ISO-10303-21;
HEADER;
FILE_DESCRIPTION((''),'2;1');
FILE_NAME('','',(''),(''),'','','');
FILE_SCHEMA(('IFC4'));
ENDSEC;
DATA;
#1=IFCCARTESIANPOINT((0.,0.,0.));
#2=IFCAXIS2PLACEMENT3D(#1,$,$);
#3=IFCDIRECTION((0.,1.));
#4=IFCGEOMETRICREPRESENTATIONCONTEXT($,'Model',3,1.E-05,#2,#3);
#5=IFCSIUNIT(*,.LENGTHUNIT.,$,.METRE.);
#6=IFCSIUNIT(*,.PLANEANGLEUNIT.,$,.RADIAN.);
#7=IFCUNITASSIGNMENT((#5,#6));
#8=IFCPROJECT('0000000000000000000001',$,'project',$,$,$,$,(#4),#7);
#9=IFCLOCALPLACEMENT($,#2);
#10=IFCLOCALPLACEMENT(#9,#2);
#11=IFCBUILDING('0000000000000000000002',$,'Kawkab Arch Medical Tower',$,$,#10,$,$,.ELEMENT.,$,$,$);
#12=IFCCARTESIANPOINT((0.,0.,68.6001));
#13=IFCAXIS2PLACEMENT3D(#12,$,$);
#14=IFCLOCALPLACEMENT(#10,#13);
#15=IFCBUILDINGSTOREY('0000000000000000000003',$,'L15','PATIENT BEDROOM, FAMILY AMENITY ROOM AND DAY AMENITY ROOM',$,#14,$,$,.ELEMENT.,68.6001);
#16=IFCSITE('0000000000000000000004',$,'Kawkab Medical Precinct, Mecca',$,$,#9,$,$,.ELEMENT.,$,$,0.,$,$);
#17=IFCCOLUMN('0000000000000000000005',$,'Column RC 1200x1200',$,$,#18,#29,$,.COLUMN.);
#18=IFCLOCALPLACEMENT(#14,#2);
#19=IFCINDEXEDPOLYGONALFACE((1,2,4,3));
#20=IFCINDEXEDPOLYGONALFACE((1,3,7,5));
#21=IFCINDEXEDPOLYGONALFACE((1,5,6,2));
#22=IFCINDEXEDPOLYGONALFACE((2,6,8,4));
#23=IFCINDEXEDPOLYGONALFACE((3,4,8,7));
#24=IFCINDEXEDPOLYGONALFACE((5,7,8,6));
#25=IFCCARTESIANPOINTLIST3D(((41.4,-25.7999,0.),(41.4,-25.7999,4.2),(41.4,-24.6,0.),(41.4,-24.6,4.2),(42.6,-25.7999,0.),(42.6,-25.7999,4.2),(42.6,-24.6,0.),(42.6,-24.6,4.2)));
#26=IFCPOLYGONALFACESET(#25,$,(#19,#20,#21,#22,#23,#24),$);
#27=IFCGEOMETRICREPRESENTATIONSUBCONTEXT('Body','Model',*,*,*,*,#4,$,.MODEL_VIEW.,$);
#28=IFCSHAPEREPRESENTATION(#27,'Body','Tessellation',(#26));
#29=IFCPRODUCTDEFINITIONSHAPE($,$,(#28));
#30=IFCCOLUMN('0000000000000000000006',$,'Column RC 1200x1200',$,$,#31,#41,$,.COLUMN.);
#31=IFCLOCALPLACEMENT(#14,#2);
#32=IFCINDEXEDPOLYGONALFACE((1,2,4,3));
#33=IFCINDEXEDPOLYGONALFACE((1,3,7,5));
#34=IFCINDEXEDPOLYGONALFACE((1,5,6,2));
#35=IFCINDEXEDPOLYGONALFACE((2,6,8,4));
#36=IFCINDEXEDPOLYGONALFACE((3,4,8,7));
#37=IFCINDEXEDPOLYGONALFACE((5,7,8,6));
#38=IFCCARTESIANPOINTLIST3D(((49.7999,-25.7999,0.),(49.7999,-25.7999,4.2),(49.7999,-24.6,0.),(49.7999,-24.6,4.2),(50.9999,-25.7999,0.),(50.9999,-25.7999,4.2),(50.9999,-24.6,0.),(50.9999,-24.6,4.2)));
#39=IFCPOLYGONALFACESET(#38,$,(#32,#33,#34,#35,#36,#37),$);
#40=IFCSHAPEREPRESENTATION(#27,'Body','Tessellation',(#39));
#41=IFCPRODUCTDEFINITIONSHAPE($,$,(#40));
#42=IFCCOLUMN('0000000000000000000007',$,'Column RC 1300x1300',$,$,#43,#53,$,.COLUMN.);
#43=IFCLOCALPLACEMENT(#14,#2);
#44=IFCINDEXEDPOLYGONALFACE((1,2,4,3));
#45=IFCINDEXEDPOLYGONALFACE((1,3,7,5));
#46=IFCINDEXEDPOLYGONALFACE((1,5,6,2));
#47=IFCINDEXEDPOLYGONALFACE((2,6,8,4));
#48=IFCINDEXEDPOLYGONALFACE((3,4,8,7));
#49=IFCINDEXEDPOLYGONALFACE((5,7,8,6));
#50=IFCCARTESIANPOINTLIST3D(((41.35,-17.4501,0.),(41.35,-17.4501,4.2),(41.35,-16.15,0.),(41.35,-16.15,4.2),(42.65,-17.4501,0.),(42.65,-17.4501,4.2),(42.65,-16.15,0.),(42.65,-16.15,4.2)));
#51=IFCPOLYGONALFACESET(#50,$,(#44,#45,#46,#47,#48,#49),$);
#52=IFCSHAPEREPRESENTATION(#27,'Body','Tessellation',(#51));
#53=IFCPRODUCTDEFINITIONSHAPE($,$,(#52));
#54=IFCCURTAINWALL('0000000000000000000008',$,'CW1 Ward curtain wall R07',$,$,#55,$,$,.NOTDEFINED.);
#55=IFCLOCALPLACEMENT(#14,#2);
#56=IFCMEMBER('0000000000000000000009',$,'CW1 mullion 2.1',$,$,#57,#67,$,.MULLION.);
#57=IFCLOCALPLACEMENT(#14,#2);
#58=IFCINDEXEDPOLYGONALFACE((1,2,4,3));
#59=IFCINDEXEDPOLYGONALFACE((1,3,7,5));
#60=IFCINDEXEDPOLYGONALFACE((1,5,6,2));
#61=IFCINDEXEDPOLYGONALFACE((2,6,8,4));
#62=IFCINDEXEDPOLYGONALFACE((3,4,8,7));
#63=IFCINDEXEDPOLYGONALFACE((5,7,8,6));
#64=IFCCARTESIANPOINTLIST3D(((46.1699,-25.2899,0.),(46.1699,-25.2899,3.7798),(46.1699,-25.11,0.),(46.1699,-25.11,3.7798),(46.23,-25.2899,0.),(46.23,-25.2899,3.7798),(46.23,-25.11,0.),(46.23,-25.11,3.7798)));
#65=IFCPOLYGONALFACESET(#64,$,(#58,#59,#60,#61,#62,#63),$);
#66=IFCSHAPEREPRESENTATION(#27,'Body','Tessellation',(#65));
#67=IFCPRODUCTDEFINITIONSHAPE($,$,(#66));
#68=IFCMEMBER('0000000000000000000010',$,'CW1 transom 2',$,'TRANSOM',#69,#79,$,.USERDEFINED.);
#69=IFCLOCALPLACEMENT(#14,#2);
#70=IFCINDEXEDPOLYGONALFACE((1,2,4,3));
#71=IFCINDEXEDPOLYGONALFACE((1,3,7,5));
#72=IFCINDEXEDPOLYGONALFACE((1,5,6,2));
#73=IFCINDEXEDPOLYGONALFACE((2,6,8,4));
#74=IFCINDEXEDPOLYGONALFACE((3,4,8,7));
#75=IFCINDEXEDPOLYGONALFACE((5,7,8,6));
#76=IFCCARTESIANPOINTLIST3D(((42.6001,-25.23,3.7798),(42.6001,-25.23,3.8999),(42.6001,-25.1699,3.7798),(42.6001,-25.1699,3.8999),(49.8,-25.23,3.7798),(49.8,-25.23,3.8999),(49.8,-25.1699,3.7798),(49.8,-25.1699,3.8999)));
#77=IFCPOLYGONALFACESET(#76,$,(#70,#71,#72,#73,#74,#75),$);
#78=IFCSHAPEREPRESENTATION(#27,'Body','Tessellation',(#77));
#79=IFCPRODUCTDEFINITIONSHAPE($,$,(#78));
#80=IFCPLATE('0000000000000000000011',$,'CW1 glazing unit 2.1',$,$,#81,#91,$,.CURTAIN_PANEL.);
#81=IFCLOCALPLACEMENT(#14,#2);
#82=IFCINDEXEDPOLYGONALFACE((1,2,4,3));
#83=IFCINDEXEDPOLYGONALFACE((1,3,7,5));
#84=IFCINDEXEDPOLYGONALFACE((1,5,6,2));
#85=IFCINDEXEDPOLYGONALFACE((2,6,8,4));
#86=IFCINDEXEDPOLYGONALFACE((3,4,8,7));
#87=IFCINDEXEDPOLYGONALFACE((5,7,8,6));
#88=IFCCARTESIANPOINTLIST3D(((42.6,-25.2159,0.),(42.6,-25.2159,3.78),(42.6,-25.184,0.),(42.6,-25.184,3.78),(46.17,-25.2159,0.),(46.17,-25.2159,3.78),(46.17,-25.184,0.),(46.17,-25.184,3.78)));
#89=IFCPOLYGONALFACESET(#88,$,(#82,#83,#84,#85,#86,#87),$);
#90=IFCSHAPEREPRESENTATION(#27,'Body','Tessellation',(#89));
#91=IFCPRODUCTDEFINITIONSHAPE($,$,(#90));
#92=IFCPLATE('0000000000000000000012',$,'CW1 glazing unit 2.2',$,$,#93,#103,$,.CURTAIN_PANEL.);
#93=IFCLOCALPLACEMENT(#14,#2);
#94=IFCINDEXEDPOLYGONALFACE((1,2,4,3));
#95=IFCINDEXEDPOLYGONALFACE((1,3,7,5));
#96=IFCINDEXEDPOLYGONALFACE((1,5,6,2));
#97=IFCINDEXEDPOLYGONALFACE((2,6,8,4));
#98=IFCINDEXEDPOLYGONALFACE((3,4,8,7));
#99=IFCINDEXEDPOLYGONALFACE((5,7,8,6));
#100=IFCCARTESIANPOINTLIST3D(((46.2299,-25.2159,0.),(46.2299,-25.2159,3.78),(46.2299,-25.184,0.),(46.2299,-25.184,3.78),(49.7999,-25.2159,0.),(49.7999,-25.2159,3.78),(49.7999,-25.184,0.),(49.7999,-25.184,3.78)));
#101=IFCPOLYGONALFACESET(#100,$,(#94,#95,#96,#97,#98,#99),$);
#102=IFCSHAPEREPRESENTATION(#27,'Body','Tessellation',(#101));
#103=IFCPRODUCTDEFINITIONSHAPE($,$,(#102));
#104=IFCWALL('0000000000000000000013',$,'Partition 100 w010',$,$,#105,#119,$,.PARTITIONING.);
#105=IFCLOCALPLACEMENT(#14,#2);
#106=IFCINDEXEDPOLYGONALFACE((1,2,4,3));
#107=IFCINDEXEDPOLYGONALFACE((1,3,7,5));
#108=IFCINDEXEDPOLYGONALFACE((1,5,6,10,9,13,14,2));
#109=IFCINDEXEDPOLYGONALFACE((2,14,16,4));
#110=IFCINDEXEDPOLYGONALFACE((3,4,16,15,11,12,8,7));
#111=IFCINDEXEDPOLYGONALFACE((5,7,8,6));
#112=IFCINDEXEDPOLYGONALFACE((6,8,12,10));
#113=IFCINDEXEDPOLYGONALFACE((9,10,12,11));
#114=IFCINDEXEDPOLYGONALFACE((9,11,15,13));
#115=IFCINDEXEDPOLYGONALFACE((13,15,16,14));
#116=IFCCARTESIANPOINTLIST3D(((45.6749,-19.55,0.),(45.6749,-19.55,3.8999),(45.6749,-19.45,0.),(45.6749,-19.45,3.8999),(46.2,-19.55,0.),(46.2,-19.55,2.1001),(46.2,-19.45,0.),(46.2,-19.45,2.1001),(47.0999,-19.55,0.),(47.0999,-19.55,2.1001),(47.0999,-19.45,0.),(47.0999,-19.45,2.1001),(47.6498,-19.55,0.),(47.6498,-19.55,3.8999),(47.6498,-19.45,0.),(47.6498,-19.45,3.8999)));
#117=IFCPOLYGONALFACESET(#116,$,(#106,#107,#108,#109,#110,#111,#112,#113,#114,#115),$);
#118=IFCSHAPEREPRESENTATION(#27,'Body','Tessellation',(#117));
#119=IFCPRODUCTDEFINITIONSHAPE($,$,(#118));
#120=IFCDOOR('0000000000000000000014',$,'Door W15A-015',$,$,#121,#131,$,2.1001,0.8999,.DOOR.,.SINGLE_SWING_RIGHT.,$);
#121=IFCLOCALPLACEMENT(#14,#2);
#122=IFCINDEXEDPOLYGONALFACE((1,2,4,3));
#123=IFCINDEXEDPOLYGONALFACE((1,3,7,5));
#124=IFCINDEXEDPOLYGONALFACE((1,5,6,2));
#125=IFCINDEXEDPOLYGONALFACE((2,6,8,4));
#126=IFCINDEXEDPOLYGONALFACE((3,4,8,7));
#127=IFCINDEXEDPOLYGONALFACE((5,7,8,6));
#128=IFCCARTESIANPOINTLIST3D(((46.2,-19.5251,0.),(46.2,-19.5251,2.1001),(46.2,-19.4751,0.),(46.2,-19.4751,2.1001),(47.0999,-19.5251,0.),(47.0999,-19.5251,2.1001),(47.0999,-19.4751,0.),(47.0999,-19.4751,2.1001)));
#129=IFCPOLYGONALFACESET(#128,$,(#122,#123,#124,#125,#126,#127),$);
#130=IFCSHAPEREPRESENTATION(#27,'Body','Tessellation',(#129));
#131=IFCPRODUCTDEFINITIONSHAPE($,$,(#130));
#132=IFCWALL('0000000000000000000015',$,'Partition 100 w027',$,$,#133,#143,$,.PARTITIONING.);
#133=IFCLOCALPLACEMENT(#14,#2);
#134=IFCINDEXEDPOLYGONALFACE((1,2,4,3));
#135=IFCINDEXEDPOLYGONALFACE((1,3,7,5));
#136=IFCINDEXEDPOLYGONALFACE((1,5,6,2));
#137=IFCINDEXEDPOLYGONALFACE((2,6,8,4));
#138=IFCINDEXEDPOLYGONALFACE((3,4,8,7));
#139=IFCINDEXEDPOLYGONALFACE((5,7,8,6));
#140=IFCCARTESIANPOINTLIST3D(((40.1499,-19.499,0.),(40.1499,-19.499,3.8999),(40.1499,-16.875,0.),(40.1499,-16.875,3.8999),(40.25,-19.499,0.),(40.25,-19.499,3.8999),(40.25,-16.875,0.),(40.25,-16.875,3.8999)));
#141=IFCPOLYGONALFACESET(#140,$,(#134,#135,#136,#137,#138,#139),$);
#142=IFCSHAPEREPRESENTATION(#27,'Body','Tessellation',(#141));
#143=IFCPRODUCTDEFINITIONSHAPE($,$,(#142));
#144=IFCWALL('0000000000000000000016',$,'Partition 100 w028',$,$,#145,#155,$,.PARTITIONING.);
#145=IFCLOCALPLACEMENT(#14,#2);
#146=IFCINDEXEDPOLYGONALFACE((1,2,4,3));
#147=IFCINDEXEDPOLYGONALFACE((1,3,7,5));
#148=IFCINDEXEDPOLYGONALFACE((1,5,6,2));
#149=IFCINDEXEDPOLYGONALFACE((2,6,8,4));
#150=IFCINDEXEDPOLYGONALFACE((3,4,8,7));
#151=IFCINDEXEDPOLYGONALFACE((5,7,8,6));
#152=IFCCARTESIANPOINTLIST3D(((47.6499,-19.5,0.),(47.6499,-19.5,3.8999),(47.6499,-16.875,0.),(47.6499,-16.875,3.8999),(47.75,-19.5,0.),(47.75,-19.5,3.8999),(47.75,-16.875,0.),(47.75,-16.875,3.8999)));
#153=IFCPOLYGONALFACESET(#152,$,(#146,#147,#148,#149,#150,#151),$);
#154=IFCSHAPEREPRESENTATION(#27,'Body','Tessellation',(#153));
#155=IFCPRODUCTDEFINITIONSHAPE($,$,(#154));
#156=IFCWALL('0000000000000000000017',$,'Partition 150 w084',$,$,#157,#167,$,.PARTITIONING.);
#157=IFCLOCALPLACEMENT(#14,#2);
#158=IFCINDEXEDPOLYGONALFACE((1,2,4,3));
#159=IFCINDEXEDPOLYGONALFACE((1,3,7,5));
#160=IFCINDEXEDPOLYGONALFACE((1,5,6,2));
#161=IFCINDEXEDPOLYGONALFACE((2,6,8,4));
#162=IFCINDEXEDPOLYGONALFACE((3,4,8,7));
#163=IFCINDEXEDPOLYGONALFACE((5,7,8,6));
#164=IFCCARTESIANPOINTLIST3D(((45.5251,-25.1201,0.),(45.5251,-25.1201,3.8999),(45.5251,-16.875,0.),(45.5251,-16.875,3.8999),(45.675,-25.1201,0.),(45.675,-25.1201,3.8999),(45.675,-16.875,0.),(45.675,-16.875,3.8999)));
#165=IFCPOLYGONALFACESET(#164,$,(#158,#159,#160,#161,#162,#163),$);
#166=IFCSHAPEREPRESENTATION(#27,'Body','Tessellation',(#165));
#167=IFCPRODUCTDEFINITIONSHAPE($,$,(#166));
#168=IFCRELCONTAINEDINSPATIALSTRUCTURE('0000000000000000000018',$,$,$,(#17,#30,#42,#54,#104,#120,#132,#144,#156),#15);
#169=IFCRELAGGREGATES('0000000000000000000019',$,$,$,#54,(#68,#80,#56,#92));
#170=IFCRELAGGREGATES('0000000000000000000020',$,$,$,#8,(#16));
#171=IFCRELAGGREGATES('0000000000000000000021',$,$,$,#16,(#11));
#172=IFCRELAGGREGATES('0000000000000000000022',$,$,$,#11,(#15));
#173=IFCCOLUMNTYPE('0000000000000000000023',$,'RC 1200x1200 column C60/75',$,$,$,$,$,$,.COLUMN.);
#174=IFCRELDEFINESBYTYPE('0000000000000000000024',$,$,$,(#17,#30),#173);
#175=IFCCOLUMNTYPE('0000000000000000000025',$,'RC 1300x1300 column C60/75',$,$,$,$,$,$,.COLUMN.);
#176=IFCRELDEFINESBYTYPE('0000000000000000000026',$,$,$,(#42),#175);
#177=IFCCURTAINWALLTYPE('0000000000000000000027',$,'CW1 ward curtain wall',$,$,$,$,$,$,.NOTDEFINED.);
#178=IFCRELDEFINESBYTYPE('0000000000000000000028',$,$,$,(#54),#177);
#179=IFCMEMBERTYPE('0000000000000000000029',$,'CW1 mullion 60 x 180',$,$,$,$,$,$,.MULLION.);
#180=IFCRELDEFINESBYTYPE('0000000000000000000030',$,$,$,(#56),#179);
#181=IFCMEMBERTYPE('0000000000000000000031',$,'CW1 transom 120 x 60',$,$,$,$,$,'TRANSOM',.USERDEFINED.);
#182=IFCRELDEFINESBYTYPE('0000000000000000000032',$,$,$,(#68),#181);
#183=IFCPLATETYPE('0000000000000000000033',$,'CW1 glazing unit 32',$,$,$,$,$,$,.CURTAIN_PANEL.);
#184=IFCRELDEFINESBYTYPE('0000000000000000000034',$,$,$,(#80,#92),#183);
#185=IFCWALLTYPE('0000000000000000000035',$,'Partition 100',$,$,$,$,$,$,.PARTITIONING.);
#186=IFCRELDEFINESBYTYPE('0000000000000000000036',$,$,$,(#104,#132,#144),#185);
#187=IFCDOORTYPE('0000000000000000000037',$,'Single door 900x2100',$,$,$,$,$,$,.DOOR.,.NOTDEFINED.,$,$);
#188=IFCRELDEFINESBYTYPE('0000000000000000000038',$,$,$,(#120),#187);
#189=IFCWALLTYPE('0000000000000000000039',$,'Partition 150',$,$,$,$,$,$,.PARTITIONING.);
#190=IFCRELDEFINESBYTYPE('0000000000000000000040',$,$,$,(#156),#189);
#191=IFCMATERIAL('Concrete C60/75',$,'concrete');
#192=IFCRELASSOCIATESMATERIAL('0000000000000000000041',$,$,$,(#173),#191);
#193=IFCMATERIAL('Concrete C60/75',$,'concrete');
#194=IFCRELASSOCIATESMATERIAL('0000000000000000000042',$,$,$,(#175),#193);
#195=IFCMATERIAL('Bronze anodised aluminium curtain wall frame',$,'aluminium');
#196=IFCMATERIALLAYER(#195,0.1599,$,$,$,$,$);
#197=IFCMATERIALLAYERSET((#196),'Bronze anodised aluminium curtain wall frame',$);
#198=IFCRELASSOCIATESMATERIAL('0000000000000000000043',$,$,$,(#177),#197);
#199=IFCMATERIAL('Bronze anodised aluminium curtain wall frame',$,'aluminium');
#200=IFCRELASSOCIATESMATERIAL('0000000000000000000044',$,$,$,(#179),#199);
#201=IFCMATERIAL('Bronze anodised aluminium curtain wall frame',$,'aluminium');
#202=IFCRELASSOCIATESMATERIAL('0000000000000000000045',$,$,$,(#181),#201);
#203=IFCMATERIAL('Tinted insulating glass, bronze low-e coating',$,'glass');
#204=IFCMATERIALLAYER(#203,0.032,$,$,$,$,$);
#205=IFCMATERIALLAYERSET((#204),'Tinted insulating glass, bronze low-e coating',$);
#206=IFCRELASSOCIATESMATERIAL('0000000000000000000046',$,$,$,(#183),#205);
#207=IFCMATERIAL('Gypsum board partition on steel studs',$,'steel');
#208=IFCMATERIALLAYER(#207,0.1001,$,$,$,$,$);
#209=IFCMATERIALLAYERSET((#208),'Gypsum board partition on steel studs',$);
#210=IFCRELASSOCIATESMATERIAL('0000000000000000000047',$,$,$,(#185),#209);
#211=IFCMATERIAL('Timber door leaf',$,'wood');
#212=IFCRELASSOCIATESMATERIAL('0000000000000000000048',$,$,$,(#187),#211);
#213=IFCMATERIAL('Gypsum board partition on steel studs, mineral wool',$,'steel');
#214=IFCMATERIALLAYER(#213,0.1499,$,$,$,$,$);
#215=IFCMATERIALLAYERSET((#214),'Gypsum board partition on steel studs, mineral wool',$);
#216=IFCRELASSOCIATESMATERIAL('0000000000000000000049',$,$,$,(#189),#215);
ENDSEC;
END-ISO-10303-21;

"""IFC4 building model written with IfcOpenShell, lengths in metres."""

from ifc_helpers import new_model, si_unit, direction, frame, frame_2d, origin, origin_2d, place, context, subcontext, project, spatial, rectangle, extrude, material, layer, layer_set, material_profile, profile_set, type_object, element, fill, aggregate, save


model = new_model("IFC4")

# Units and contexts
model_context = context("Model", 3, precision=1e-05, world=origin(), true_north=direction((0.0, 1.0)))
body_context = subcontext(model_context, "Body", "Model", "MODEL_VIEW")
ifc_project = project(units=[si_unit("LENGTHUNIT", "METRE"), si_unit("PLANEANGLEUNIT", "RADIAN")], contexts=[model_context])

# Site, building, storey
site_placement = place(None, origin())
site = spatial("IfcSite", under=ifc_project, at=site_placement, Name="Kawkab Medical Precinct, Mecca", CompositionType="ELEMENT", RefElevation=0.0)
building_placement = place(site_placement, origin())
building = spatial("IfcBuilding", under=site, at=building_placement, Name="Kawkab Arch Medical Tower", CompositionType="ELEMENT")
storey_placement = place(building_placement, frame((0.0, 0.0, 68.6001)))
storey = spatial("IfcBuildingStorey", under=building, at=storey_placement, Name="L15", Description="PATIENT BEDROOM, FAMILY AMENITY ROOM AND DAY AMENITY ROOM", CompositionType="ELEMENT", Elevation=68.6001)

# Columns
ifc_material_1 = material(Name="Concrete C60/75", Category="concrete")
ifc_material_profile_1 = material_profile(ifc_material_1, rectangle(XDim=1.2, YDim=1.2, at=origin_2d()), Name="RC 1200x1200")
ifc_profile_set_1 = profile_set([ifc_material_profile_1], Name="Concrete C60/75")
column_type_1 = type_object("IfcColumnType", Name="RC 1200x1200 column C60/75", PredefinedType="COLUMN", material=ifc_profile_set_1)
for number, where, z_axis, x_axis, name in (
    (1, (42.0, -25.2, 0.0), (0.0, 0.0, 1.0), (1.0, 0.0, 0.0), "Column RC 1200x1200"),
    (2, (50.3999, -25.2, 0.0), (0.0, 0.0, 1.0), (1.0, 0.0, 0.0), "Column RC 1200x1200"),
):
    element("IfcColumn", number, at=place(storey_placement, frame(where, z_axis=z_axis, x_axis=x_axis)), inside=storey, type_object=column_type_1, Name=name, PredefinedType="COLUMN", context=body_context, shape_type="SweptSolid", body=[
        extrude(rectangle(XDim=1.2, YDim=1.2, at=origin_2d()), origin(), (0.0, 0.0, 1.0), 4.2),
    ])
ifc_material_2 = material(Name="Concrete C60/75", Category="concrete")
ifc_material_profile_2 = material_profile(ifc_material_2, rectangle(XDim=1.3, YDim=1.3, at=origin_2d()), Name="RC 1300x1300")
ifc_profile_set_2 = profile_set([ifc_material_profile_2], Name="Concrete C60/75")
column_type_2 = type_object("IfcColumnType", Name="RC 1300x1300 column C60/75", PredefinedType="COLUMN", material=ifc_profile_set_2)
column_placement = place(storey_placement, frame((42.0, -16.8, 0.0), z_axis=(0.0, 0.0, 1.0), x_axis=(1.0, 0.0, 0.0)))
element("IfcColumn", 3, at=column_placement, inside=storey, type_object=column_type_2, Name="Column RC 1300x1300", PredefinedType="COLUMN", context=body_context, shape_type="SweptSolid", body=[
    extrude(rectangle(XDim=1.3, YDim=1.3, at=origin_2d()), origin(), (0.0, 0.0, 1.0), 4.2),
])

# Curtain wall, members, plates
ifc_material_3 = material(Name="Bronze anodised aluminium curtain wall frame", Category="aluminium")
ifc_layer_1 = layer(ifc_material_3, 0.1599)
ifc_layer_set_1 = layer_set([ifc_layer_1], Name="Bronze anodised aluminium curtain wall frame")
curtain_wall_type = type_object("IfcCurtainWallType", Name="CW1 ward curtain wall", PredefinedType="NOTDEFINED", material=ifc_layer_set_1)
curtain_wall_placement = place(storey_placement, origin())
curtain_wall = element("IfcCurtainWall", 4, at=curtain_wall_placement, inside=storey, type_object=curtain_wall_type, Name="CW1 Ward curtain wall R07", PredefinedType="NOTDEFINED")
ifc_material_4 = material(Name="Bronze anodised aluminium curtain wall frame", Category="aluminium")
ifc_material_profile_3 = material_profile(ifc_material_4, rectangle(XDim=0.1799, YDim=0.0601, at=origin_2d()), Name="AL 60x180")
ifc_profile_set_3 = profile_set([ifc_material_profile_3], Name="Bronze anodised aluminium curtain wall frame")
member_type_1 = type_object("IfcMemberType", Name="CW1 mullion 60 x 180", PredefinedType="MULLION", material=ifc_profile_set_3)
member_1_placement = place(storey_placement, frame((46.2, -25.2, 0.0), z_axis=(0.0, 0.0, 1.0), x_axis=(0.0, 1.0, 0.0)))
member_1 = element("IfcMember", 5, at=member_1_placement, type_object=member_type_1, Name="CW1 mullion 2.1", PredefinedType="MULLION", context=body_context, shape_type="SweptSolid", body=[
    extrude(rectangle(XDim=0.1799, YDim=0.0601, at=origin_2d()), origin(), (0.0, 0.0, 1.0), 3.7798),
])
ifc_material_5 = material(Name="Bronze anodised aluminium curtain wall frame", Category="aluminium")
ifc_material_profile_4 = material_profile(ifc_material_5, rectangle(XDim=0.0601, YDim=0.1201, at=origin_2d()), Name="AL 60x120")
ifc_profile_set_4 = profile_set([ifc_material_profile_4], Name="Bronze anodised aluminium curtain wall frame")
member_type_2 = type_object("IfcMemberType", Name="CW1 transom 120 x 60", ElementType="TRANSOM", PredefinedType="USERDEFINED", material=ifc_profile_set_4)
member_2_placement = place(storey_placement, frame((42.6001, -25.2, 3.8398), z_axis=(1.0, 0.0, 0.0), x_axis=(0.0, 1.0, 0.0)))
member_2 = element("IfcMember", 6, at=member_2_placement, type_object=member_type_2, Name="CW1 transom 2", ObjectType="TRANSOM", PredefinedType="USERDEFINED", context=body_context, shape_type="SweptSolid", body=[
    extrude(rectangle(XDim=0.0601, YDim=0.1201, at=origin_2d()), origin(), (0.0, 0.0, 1.0), 7.2),
])
ifc_material_6 = material(Name="Tinted insulating glass, bronze low-e coating", Category="glass")
ifc_layer_2 = layer(ifc_material_6, 0.032)
ifc_layer_set_2 = layer_set([ifc_layer_2], Name="Tinted insulating glass, bronze low-e coating")
plate_type = type_object("IfcPlateType", Name="CW1 glazing unit 32", PredefinedType="CURTAIN_PANEL", material=ifc_layer_set_2)
plate_1_placement = place(storey_placement, frame((44.385, -25.2, 0.0), z_axis=(0.0, 0.0, 1.0), x_axis=(1.0, 0.0, 0.0)))
plate_1 = element("IfcPlate", 7, at=plate_1_placement, type_object=plate_type, Name="CW1 glazing unit 2.1", PredefinedType="CURTAIN_PANEL", context=body_context, shape_type="SweptSolid", body=[
    extrude(rectangle(XDim=3.5701, YDim=0.032, at=origin_2d()), origin(), (0.0, 0.0, 1.0), 3.78),
])
plate_2_placement = place(storey_placement, frame((48.0149, -25.2, 0.0), z_axis=(0.0, 0.0, 1.0), x_axis=(1.0, 0.0, 0.0)))
plate_2 = element("IfcPlate", 8, at=plate_2_placement, type_object=plate_type, Name="CW1 glazing unit 2.2", PredefinedType="CURTAIN_PANEL", context=body_context, shape_type="SweptSolid", body=[
    extrude(rectangle(XDim=3.5701, YDim=0.032, at=origin_2d()), origin(), (0.0, 0.0, 1.0), 3.78),
])
aggregate(curtain_wall, [member_2, plate_1, member_1, plate_2])

# Wall, opening, door
ifc_material_7 = material(Name="Gypsum board partition on steel studs", Category="steel")
ifc_layer_3 = layer(ifc_material_7, 0.1001)
ifc_layer_set_3 = layer_set([ifc_layer_3], Name="Gypsum board partition on steel studs")
wall_type_1 = type_object("IfcWallType", Name="Partition 100", PredefinedType="PARTITIONING", material=ifc_layer_set_3)
wall_1_placement = place(storey_placement, frame((45.675, -19.5, 0.0), z_axis=(0.0, 0.0, 1.0), x_axis=(1.0, 0.0, 0.0)))
wall_1 = element("IfcWall", 9, at=wall_1_placement, inside=storey, type_object=wall_type_1, Name="Partition 100 w010", PredefinedType="PARTITIONING", context=body_context, shape_type="SweptSolid", body=[
    extrude(rectangle(XDim=1.9749, YDim=0.1001, at=frame_2d((0.9873, 0.0))), origin(), (0.0, 0.0, 1.0), 3.8999),
])
opening_placement = place(wall_1_placement, frame((0.5249, 0.0, 0.0)))
opening = element("IfcOpeningElement", 10, at=opening_placement, cuts=wall_1, PredefinedType="OPENING", context=body_context, shape_type="SweptSolid", body=[
    extrude(rectangle(XDim=0.8999, YDim=2.1001, at=frame_2d((0.45, 1.05))), frame((0.0, 0.0601, 0.0), z_axis=(0.0, -1.0, 0.0), x_axis=(1.0, 0.0, 0.0)), (0.0, 0.0, 1.0), 0.1201),
])
ifc_material_8 = material(Name="Timber door leaf", Category="wood")
door_type = type_object("IfcDoorType", Name="Single door 900x2100", OperationType="NOTDEFINED", PredefinedType="DOOR", material=ifc_material_8)
door_placement = place(opening_placement, origin())
door = element("IfcDoor", 11, at=door_placement, inside=storey, type_object=door_type, Name="Door W15A-015", OperationType="SINGLE_SWING_RIGHT", OverallHeight=2.1001, OverallWidth=0.8999, PredefinedType="DOOR", context=body_context, shape_type="SweptSolid", body=[
    extrude(rectangle(XDim=0.8999, YDim=2.1001, at=frame_2d((0.45, 1.05))), frame((0.0, 0.0249, 0.0), z_axis=(0.0, -1.0, 0.0), x_axis=(1.0, 0.0, 0.0)), (0.0, 0.0, 1.0), 0.05),
])
fill(opening, door)

# Walls
wall_2_placement = place(storey_placement, frame((40.2, -19.499, 0.0), z_axis=(0.0, 0.0, 1.0), x_axis=(0.0, 1.0, 0.0)))
element("IfcWall", 12, at=wall_2_placement, inside=storey, type_object=wall_type_1, Name="Partition 100 w027", PredefinedType="PARTITIONING", context=body_context, shape_type="SweptSolid", body=[
    extrude(rectangle(XDim=2.624, YDim=0.1001, at=frame_2d((1.312, 0.0))), origin(), (0.0, 0.0, 1.0), 3.8999),
])
wall_3_placement = place(storey_placement, frame((47.7, -19.5, 0.0), z_axis=(0.0, 0.0, 1.0), x_axis=(0.0, 1.0, 0.0)))
element("IfcWall", 13, at=wall_3_placement, inside=storey, type_object=wall_type_1, Name="Partition 100 w028", PredefinedType="PARTITIONING", context=body_context, shape_type="SweptSolid", body=[
    extrude(rectangle(XDim=2.625, YDim=0.1001, at=frame_2d((1.3125, 0.0))), origin(), (0.0, 0.0, 1.0), 3.8999),
])
ifc_material_9 = material(Name="Gypsum board partition on steel studs, mineral wool", Category="steel")
ifc_layer_4 = layer(ifc_material_9, 0.1499)
ifc_layer_set_4 = layer_set([ifc_layer_4], Name="Gypsum board partition on steel studs, mineral wool")
wall_type_2 = type_object("IfcWallType", Name="Partition 150", PredefinedType="PARTITIONING", material=ifc_layer_set_4)
wall_4_placement = place(storey_placement, frame((45.6001, -25.1201, 0.0), z_axis=(0.0, 0.0, 1.0), x_axis=(0.0, 1.0, 0.0)))
element("IfcWall", 14, at=wall_4_placement, inside=storey, type_object=wall_type_2, Name="Partition 150 w084", PredefinedType="PARTITIONING", context=body_context, shape_type="SweptSolid", body=[
    extrude(rectangle(XDim=8.2451, YDim=0.1499, at=frame_2d((4.1226, 0.0))), origin(), (0.0, 0.0, 1.0), 3.8999),
])

save(model, "model.ifc")
